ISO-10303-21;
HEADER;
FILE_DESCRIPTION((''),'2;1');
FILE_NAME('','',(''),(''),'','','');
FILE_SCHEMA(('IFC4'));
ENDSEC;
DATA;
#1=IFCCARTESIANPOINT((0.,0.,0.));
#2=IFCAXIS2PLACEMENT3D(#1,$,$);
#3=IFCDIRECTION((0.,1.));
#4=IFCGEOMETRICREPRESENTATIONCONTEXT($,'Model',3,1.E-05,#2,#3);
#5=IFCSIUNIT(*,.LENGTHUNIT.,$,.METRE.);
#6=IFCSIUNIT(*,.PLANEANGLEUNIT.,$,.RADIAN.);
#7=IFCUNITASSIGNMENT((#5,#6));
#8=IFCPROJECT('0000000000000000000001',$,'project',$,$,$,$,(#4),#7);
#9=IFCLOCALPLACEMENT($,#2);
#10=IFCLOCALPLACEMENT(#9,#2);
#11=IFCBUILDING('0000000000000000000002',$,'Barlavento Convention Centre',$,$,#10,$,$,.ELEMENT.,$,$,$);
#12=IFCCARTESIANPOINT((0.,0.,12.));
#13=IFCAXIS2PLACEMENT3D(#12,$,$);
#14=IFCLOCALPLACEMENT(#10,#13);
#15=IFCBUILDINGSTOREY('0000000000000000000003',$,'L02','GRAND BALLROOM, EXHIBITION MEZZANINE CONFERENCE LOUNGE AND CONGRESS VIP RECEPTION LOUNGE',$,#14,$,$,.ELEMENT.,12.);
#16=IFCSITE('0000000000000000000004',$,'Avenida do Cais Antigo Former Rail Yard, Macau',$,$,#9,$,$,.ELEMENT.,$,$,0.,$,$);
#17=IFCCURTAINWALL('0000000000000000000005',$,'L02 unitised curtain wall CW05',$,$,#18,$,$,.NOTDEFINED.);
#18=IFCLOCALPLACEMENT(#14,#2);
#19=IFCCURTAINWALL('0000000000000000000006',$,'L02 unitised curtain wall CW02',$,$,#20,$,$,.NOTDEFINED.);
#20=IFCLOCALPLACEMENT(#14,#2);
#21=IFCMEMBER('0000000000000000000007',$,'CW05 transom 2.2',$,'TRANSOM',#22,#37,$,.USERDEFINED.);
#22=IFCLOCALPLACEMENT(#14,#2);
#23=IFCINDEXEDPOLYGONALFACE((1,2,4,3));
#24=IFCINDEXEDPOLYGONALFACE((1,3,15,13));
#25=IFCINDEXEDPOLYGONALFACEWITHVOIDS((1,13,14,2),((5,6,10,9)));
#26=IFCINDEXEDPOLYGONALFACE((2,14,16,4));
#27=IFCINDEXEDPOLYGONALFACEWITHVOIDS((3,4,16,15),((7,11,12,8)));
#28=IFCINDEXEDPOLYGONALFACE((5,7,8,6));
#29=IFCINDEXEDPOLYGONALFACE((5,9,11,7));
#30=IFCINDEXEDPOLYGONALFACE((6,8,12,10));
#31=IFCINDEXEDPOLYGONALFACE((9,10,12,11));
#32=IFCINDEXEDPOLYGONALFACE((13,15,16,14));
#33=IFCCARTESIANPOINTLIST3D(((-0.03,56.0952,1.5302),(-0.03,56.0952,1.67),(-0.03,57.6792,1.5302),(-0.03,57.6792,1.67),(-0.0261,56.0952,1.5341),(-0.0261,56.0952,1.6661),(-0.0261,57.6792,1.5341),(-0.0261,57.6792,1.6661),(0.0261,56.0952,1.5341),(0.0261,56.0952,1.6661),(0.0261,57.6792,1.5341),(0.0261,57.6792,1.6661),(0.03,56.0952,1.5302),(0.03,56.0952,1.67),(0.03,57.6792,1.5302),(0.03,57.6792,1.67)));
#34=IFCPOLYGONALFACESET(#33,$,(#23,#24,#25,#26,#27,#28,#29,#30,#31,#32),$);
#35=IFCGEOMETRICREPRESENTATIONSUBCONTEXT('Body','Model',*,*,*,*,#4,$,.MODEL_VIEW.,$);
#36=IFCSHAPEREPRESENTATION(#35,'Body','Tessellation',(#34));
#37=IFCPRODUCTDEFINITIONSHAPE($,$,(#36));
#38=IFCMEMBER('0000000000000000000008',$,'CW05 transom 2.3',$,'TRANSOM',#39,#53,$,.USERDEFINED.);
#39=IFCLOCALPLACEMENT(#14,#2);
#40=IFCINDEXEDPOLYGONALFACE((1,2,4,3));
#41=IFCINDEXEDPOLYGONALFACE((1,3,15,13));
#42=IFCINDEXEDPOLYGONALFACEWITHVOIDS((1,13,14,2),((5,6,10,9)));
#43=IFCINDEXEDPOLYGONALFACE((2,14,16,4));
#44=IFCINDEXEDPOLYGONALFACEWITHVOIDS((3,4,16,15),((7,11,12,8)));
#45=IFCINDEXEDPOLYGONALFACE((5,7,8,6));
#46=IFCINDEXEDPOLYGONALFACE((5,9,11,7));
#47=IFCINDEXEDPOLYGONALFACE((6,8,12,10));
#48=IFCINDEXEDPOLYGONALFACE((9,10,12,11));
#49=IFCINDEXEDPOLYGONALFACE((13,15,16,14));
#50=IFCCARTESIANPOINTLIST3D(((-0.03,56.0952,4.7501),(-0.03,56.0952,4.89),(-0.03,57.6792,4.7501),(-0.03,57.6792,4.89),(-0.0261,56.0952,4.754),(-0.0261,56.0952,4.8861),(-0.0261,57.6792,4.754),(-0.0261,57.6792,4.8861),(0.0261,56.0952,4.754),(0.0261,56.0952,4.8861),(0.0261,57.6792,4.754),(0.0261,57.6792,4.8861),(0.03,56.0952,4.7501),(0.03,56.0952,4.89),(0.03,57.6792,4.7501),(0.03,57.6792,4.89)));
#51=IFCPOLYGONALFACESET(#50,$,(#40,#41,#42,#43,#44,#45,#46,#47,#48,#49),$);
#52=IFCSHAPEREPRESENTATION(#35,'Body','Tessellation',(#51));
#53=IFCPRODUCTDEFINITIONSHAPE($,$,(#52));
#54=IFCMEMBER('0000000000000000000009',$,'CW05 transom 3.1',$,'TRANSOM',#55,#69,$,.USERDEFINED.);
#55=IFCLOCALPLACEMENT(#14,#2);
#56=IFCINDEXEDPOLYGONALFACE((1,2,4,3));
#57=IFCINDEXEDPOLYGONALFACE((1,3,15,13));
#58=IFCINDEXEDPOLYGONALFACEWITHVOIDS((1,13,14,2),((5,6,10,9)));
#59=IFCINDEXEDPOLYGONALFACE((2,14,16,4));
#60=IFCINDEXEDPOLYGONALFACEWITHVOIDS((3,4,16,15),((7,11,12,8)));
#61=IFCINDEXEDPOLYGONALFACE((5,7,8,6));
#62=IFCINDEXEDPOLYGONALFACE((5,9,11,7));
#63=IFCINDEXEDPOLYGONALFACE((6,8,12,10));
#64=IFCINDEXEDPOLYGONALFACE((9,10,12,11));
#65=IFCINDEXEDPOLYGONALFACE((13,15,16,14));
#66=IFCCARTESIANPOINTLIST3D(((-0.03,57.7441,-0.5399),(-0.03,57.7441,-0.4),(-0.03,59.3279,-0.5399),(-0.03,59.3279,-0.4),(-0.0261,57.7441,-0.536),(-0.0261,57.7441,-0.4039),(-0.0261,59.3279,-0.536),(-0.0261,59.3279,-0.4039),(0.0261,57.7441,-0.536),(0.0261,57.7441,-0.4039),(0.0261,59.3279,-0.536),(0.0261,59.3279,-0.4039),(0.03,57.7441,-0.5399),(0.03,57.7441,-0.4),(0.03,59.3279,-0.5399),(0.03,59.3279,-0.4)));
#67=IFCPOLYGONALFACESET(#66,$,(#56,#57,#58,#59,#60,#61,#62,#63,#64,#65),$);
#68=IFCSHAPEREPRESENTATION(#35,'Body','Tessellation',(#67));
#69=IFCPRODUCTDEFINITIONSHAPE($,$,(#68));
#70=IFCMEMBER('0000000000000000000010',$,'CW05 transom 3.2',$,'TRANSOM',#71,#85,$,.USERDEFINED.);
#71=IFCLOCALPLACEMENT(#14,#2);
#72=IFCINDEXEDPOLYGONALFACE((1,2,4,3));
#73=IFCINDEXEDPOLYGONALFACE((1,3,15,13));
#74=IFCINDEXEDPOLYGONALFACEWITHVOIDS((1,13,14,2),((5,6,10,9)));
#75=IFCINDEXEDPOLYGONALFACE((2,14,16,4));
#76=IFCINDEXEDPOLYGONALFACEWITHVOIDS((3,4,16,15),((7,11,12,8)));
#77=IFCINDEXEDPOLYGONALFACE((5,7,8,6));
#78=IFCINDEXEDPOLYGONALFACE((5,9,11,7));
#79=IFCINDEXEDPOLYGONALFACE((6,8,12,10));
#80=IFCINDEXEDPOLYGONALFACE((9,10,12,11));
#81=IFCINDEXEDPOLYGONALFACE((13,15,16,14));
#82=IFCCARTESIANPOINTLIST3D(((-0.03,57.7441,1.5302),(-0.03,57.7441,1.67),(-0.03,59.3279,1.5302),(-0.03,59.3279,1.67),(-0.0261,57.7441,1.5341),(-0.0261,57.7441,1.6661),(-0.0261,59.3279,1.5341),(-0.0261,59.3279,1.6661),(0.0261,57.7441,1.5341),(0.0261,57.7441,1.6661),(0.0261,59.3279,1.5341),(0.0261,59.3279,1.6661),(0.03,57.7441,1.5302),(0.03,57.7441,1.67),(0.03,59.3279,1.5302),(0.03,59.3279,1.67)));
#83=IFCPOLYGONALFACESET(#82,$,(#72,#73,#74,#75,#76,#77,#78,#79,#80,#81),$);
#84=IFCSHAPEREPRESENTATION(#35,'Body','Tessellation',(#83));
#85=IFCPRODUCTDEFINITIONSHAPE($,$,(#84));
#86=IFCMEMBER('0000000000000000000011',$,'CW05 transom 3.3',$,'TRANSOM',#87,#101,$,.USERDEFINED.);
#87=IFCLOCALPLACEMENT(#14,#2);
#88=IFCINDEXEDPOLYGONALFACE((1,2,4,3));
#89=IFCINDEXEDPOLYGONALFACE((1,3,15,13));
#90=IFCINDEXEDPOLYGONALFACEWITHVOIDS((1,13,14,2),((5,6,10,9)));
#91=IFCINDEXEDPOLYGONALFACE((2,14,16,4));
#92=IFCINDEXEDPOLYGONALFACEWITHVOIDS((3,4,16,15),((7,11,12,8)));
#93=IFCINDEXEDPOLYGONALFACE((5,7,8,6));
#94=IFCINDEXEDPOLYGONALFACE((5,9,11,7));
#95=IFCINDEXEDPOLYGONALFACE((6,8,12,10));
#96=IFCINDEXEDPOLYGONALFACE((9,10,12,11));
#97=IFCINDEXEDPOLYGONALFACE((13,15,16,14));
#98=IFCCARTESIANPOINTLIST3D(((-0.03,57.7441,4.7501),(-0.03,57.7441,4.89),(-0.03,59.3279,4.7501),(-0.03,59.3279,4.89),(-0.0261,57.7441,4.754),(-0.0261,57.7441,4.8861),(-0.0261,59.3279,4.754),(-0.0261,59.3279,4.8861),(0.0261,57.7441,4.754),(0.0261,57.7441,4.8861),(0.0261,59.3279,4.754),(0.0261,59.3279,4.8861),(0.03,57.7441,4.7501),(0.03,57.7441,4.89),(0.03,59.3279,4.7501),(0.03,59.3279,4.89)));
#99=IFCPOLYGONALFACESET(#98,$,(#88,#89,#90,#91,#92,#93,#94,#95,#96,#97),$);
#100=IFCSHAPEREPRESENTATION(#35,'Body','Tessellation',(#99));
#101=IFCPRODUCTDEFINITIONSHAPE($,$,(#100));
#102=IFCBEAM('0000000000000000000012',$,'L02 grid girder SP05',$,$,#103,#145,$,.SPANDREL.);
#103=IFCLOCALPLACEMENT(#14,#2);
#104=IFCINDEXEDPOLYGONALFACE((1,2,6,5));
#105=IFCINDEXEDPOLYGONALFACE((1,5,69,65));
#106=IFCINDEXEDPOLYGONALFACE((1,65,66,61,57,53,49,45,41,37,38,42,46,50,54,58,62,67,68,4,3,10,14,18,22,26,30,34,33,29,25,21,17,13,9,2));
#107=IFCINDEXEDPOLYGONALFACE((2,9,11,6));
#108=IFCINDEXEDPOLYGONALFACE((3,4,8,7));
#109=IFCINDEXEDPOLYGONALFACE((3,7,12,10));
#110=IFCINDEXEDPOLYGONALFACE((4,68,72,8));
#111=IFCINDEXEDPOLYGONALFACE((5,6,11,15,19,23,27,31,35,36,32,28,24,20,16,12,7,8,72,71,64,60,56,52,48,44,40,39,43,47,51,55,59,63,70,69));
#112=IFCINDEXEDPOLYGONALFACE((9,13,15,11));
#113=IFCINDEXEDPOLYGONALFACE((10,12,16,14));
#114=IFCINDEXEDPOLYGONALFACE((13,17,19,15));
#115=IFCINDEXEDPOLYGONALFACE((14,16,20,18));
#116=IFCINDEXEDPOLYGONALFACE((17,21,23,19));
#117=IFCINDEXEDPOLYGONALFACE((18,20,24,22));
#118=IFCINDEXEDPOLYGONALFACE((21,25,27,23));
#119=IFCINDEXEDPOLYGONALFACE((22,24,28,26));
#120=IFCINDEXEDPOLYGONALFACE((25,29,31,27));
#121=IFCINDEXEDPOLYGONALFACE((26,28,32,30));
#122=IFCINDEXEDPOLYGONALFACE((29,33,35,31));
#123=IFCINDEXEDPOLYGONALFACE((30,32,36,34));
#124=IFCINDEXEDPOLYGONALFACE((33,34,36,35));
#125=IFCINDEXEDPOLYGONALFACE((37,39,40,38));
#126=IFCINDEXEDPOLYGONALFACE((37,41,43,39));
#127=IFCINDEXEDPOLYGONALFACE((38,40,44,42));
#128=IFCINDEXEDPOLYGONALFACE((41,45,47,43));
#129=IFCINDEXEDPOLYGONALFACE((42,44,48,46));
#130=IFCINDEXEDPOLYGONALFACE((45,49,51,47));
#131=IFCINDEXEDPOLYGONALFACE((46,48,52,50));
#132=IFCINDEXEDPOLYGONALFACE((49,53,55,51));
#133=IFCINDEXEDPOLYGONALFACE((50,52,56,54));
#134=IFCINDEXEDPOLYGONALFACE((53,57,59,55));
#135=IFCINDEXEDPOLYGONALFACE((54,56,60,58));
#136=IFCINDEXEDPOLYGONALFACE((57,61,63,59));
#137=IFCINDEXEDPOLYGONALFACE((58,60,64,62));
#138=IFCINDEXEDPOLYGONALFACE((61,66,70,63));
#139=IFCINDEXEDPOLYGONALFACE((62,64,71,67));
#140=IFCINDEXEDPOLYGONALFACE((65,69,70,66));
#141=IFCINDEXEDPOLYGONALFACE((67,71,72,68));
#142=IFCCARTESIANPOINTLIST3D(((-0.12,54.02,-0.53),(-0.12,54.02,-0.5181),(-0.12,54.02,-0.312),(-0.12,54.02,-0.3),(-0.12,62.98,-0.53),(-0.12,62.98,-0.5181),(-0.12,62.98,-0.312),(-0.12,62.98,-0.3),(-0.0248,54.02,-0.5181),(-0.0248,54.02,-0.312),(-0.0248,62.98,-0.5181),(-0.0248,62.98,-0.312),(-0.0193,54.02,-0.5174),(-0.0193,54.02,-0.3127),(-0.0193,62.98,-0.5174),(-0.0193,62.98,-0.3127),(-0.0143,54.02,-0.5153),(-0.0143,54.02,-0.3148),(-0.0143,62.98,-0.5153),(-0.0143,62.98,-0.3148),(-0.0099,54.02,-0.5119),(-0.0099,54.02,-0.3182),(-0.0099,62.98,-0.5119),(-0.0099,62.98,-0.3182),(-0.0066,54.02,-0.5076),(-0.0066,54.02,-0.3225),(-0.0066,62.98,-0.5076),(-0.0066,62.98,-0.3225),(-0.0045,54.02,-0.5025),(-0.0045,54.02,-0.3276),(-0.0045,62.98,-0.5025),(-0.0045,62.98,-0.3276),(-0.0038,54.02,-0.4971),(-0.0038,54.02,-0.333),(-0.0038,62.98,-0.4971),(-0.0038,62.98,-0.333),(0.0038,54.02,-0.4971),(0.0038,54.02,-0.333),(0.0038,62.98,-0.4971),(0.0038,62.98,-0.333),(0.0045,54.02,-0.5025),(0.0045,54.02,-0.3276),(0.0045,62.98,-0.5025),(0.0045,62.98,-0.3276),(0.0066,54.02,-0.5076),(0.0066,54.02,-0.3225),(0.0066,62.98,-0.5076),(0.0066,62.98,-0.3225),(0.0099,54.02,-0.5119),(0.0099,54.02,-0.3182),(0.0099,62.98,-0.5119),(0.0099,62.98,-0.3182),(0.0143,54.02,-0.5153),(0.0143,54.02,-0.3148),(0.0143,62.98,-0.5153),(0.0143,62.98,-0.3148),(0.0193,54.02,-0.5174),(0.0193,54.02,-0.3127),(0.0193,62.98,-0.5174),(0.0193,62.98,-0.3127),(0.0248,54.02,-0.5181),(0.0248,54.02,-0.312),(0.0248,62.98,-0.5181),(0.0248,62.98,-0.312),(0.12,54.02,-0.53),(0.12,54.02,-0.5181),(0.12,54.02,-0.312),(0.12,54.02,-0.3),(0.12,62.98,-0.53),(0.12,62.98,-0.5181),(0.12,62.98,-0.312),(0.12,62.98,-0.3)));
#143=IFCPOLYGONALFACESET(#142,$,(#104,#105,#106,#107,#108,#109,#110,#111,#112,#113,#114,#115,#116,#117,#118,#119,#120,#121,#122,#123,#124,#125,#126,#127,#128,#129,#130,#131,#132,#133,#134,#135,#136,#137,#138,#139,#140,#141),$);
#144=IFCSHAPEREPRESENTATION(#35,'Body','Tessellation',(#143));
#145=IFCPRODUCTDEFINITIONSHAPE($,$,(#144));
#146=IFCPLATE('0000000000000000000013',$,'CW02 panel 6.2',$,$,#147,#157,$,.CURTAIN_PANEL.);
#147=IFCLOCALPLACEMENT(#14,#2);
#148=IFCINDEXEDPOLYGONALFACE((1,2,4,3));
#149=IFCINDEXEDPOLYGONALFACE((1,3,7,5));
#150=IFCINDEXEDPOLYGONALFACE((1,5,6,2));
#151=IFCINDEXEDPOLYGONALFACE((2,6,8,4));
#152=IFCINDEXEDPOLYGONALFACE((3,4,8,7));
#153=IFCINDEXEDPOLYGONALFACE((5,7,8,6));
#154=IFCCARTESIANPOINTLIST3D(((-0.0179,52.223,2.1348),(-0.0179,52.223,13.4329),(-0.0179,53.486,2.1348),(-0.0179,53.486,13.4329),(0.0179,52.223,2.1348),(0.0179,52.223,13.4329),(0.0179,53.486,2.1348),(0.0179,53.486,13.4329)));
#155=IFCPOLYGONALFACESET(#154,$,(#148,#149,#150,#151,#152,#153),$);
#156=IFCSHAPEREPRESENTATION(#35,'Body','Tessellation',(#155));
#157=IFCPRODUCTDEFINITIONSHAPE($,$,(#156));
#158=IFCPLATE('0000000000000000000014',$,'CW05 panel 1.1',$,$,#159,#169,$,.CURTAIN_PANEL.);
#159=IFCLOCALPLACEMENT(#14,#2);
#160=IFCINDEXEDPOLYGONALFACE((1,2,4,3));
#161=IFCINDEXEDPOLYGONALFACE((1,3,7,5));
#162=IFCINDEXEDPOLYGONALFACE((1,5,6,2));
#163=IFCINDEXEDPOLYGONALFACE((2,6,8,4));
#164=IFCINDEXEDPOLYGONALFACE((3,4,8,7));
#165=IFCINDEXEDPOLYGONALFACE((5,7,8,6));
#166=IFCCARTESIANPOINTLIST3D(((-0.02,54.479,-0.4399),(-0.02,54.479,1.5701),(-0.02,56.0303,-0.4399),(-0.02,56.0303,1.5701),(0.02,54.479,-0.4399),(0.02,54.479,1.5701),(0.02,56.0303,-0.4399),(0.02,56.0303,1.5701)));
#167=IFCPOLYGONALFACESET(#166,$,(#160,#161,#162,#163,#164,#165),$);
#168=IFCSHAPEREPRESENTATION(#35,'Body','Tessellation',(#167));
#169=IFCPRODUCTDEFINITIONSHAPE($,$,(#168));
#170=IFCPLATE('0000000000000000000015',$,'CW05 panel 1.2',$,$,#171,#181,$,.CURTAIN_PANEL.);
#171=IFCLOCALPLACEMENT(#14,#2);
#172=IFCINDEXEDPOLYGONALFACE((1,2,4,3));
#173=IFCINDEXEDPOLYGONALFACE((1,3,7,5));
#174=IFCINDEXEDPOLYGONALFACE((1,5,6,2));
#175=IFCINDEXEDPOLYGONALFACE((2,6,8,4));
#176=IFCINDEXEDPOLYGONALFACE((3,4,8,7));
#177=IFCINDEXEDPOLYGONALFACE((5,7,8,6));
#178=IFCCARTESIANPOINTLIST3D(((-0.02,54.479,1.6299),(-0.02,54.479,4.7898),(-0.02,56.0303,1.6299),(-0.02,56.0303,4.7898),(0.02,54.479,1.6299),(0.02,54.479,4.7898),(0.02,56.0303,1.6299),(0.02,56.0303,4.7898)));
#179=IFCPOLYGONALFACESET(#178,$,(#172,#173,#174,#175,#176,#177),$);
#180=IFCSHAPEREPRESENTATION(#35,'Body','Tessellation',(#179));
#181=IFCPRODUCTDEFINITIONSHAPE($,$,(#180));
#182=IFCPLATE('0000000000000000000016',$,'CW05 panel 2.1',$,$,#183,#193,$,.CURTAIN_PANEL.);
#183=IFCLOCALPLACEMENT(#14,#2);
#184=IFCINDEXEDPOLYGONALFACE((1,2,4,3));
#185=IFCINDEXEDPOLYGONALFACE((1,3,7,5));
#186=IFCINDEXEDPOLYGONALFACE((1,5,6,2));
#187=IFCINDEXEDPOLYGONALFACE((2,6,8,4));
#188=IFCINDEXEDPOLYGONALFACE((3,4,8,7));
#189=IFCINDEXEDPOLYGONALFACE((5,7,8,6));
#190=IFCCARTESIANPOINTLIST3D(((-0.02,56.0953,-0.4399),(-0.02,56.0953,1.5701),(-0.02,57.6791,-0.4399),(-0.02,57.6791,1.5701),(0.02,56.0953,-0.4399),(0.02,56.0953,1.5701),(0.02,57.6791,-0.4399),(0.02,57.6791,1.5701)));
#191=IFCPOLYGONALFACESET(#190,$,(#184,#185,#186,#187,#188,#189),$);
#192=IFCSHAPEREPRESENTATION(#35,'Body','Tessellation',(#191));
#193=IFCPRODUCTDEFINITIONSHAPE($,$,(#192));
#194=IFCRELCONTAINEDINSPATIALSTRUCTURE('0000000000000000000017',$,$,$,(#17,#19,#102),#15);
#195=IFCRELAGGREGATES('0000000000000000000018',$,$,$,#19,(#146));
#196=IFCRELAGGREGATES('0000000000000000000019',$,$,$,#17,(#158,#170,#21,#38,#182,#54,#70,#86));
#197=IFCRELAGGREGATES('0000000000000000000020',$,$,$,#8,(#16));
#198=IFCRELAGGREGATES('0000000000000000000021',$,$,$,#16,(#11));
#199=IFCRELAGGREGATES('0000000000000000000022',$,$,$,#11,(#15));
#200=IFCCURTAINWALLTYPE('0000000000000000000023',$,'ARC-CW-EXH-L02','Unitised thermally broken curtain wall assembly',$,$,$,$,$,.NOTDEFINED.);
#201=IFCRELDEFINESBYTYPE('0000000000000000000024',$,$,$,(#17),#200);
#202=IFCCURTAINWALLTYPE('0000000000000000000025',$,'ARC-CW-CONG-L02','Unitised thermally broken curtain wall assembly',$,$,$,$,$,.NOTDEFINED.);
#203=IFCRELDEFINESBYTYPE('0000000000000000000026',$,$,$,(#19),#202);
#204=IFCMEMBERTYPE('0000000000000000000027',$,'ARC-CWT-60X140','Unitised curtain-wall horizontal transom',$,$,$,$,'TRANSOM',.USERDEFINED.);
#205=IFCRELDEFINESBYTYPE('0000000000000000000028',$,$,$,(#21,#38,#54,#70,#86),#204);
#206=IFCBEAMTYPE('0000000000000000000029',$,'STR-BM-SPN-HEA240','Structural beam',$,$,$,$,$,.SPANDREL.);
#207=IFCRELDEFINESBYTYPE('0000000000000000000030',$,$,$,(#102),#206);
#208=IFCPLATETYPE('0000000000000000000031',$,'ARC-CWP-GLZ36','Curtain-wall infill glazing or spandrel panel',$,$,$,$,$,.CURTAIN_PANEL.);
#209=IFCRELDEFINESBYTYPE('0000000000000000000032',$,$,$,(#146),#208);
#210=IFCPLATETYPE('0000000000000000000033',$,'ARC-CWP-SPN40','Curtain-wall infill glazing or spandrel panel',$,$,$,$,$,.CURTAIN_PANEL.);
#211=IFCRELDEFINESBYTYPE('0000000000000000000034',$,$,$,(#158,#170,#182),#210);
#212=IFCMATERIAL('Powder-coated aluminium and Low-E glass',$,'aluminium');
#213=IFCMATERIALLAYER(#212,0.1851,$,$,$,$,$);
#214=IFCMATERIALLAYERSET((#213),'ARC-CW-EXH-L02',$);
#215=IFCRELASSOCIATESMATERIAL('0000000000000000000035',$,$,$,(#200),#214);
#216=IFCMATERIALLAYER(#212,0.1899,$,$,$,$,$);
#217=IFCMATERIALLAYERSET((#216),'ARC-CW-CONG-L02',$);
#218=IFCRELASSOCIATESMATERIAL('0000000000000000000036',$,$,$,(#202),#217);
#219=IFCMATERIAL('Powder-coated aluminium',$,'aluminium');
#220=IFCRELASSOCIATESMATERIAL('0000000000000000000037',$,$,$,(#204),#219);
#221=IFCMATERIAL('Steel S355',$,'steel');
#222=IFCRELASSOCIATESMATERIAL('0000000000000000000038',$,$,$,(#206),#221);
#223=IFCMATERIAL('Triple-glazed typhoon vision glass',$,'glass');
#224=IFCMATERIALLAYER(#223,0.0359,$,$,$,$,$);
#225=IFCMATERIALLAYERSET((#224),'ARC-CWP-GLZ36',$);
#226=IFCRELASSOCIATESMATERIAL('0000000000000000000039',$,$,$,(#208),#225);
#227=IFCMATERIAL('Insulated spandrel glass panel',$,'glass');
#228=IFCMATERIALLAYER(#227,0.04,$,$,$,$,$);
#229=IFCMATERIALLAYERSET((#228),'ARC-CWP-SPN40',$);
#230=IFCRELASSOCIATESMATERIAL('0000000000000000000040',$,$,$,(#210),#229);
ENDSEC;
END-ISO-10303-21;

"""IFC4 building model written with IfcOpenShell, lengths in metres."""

from ifc_helpers import new_model, si_unit, direction, frame, origin, origin_2d, place, context, subcontext, project, spatial, rectangle, hollow_rectangle, i_section, extrude, material, layer, layer_set, material_profile, profile_set, type_object, element, aggregate, save


model = new_model("IFC4")

# Units and contexts
model_context = context("Model", 3, precision=1e-05, world=origin(), true_north=direction((0.0, 1.0)))
body_context = subcontext(model_context, "Body", "Model", "MODEL_VIEW")
ifc_project = project(units=[si_unit("LENGTHUNIT", "METRE"), si_unit("PLANEANGLEUNIT", "RADIAN")], contexts=[model_context])

# Site, building, storey
site_placement = place(None, origin())
site = spatial("IfcSite", under=ifc_project, at=site_placement, Name="Avenida do Cais Antigo Former Rail Yard, Macau", CompositionType="ELEMENT", RefElevation=0.0)
building_placement = place(site_placement, origin())
building = spatial("IfcBuilding", under=site, at=building_placement, Name="Barlavento Convention Centre", CompositionType="ELEMENT")
storey_placement = place(building_placement, frame((0.0, 0.0, 12.0)))
storey = spatial("IfcBuildingStorey", under=building, at=storey_placement, Name="L02", Description="GRAND BALLROOM, EXHIBITION MEZZANINE CONFERENCE LOUNGE AND CONGRESS VIP RECEPTION LOUNGE", CompositionType="ELEMENT", Elevation=12.0)

# Curtain wall
ifc_material_1 = material(Name="Powder-coated aluminium and Low-E glass", Category="aluminium")
ifc_layer_1 = layer(ifc_material_1, 0.1851)
ifc_layer_set_1 = layer_set([ifc_layer_1], Name="ARC-CW-EXH-L02")
curtain_wall_type_1 = type_object("IfcCurtainWallType", Name="ARC-CW-EXH-L02", Description="Unitised thermally broken curtain wall assembly", PredefinedType="NOTDEFINED", material=ifc_layer_set_1)
curtain_wall_1_placement = place(storey_placement, origin())
curtain_wall_1 = element("IfcCurtainWall", 1, at=curtain_wall_1_placement, inside=storey, type_object=curtain_wall_type_1, Name="L02 unitised curtain wall CW05", PredefinedType="NOTDEFINED")
ifc_material_2 = material(Name="Powder-coated aluminium", Category="aluminium")

# Curtain wall
ifc_layer_2 = layer(ifc_material_1, 0.1899)
ifc_layer_set_2 = layer_set([ifc_layer_2], Name="ARC-CW-CONG-L02")
curtain_wall_type_2 = type_object("IfcCurtainWallType", Name="ARC-CW-CONG-L02", Description="Unitised thermally broken curtain wall assembly", PredefinedType="NOTDEFINED", material=ifc_layer_set_2)
curtain_wall_2_placement = place(storey_placement, origin())
curtain_wall_2 = element("IfcCurtainWall", 2, at=curtain_wall_2_placement, inside=storey, type_object=curtain_wall_type_2, Name="L02 unitised curtain wall CW02", PredefinedType="NOTDEFINED")

# Members
ifc_material_profile_1 = material_profile(ifc_material_2, hollow_rectangle(XDim=0.0601, YDim=0.1399, WallThickness=0.0039, at=origin_2d()), Name="AL-TRAN 60x140x4")
ifc_profile_set_1 = profile_set([ifc_material_profile_1], Name="Powder-coated aluminium")
member_type_1 = type_object("IfcMemberType", Name="ARC-CWT-60X140", Description="Unitised curtain-wall horizontal transom", ElementType="TRANSOM", PredefinedType="USERDEFINED", material=ifc_profile_set_1)
member_1_placement = place(storey_placement, frame((0.0, 56.0952, 1.6001), z_axis=(0.0, 1.0, 0.0), x_axis=(-1.0, 0.0, 0.0)))
member_1 = element("IfcMember", 3, at=member_1_placement, type_object=member_type_1, Name="CW05 transom 2.2", ObjectType="TRANSOM", PredefinedType="USERDEFINED", context=body_context, shape_type="SweptSolid", body=[
    extrude(hollow_rectangle(XDim=0.0601, YDim=0.1399, WallThickness=0.0039, at=origin_2d()), origin(), (0.0, 0.0, 1.0), 1.584),
])
member_2_placement = place(storey_placement, frame((0.0, 56.0952, 4.8201), z_axis=(0.0, 1.0, 0.0), x_axis=(-1.0, 0.0, 0.0)))
member_2 = element("IfcMember", 4, at=member_2_placement, type_object=member_type_1, Name="CW05 transom 2.3", ObjectType="TRANSOM", PredefinedType="USERDEFINED", context=body_context, shape_type="SweptSolid", body=[
    extrude(hollow_rectangle(XDim=0.0601, YDim=0.1399, WallThickness=0.0039, at=origin_2d()), origin(), (0.0, 0.0, 1.0), 1.584),
])
member_3_placement = place(storey_placement, frame((0.0, 57.7441, -0.47), z_axis=(0.0, 1.0, 0.0), x_axis=(-1.0, 0.0, 0.0)))
member_3 = element("IfcMember", 5, at=member_3_placement, type_object=member_type_1, Name="CW05 transom 3.1", ObjectType="TRANSOM", PredefinedType="USERDEFINED", context=body_context, shape_type="SweptSolid", body=[
    extrude(hollow_rectangle(XDim=0.0601, YDim=0.1399, WallThickness=0.0039, at=origin_2d()), origin(), (0.0, 0.0, 1.0), 1.5837),
])
member_4_placement = place(storey_placement, frame((0.0, 57.7441, 1.6001), z_axis=(0.0, 1.0, 0.0), x_axis=(-1.0, 0.0, 0.0)))
member_4 = element("IfcMember", 6, at=member_4_placement, type_object=member_type_1, Name="CW05 transom 3.2", ObjectType="TRANSOM", PredefinedType="USERDEFINED", context=body_context, shape_type="SweptSolid", body=[
    extrude(hollow_rectangle(XDim=0.0601, YDim=0.1399, WallThickness=0.0039, at=origin_2d()), origin(), (0.0, 0.0, 1.0), 1.5837),
])
member_5_placement = place(storey_placement, frame((0.0, 57.7441, 4.8201), z_axis=(0.0, 1.0, 0.0), x_axis=(-1.0, 0.0, 0.0)))
member_5 = element("IfcMember", 7, at=member_5_placement, type_object=member_type_1, Name="CW05 transom 3.3", ObjectType="TRANSOM", PredefinedType="USERDEFINED", context=body_context, shape_type="SweptSolid", body=[
    extrude(hollow_rectangle(XDim=0.0601, YDim=0.1399, WallThickness=0.0039, at=origin_2d()), origin(), (0.0, 0.0, 1.0), 1.5837),
])

# Beam
ifc_material_3 = material(Name="Steel S355", Category="steel")
ifc_material_profile_2 = material_profile(ifc_material_3, i_section(OverallWidth=0.24, OverallDepth=0.23, WebThickness=0.0076, FlangeThickness=0.012, FilletRadius=0.021, at=origin_2d()), Name="HEA 240")
ifc_profile_set_2 = profile_set([ifc_material_profile_2], Name="Steel S355")
beam_type = type_object("IfcBeamType", Name="STR-BM-SPN-HEA240", Description="Structural beam", PredefinedType="SPANDREL", material=ifc_profile_set_2)
beam_placement = place(storey_placement, frame((0.0, 54.02, -0.415), z_axis=(0.0, 1.0, 0.0), x_axis=(-1.0, 0.0, 0.0)))
element("IfcBeam", 8, at=beam_placement, inside=storey, type_object=beam_type, Name="L02 grid girder SP05", PredefinedType="SPANDREL", context=body_context, shape_type="SweptSolid", body=[
    extrude(i_section(OverallWidth=0.24, OverallDepth=0.23, WebThickness=0.0076, FlangeThickness=0.012, FilletRadius=0.021, at=origin_2d()), origin(), (0.0, 0.0, 1.0), 8.96),
])

# Plates
ifc_material_4 = material(Name="Triple-glazed typhoon vision glass", Category="glass")
ifc_layer_3 = layer(ifc_material_4, 0.0359)
ifc_layer_set_3 = layer_set([ifc_layer_3], Name="ARC-CWP-GLZ36")
plate_type_1 = type_object("IfcPlateType", Name="ARC-CWP-GLZ36", Description="Curtain-wall infill glazing or spandrel panel", PredefinedType="CURTAIN_PANEL", material=ifc_layer_set_3)
plate_1_placement = place(storey_placement, frame((0.0, 52.8545, 2.1348), z_axis=(0.0, 0.0, 1.0), x_axis=(0.0, 1.0, 0.0)))
plate_1 = element("IfcPlate", 9, at=plate_1_placement, type_object=plate_type_1, Name="CW02 panel 6.2", PredefinedType="CURTAIN_PANEL", context=body_context, shape_type="SweptSolid", body=[
    extrude(rectangle(XDim=1.2629, YDim=0.0359, at=origin_2d()), origin(), (0.0, 0.0, 1.0), 11.2981),
])
aggregate(curtain_wall_2, [plate_1])
ifc_material_5 = material(Name="Insulated spandrel glass panel", Category="glass")
ifc_layer_4 = layer(ifc_material_5, 0.04)
ifc_layer_set_4 = layer_set([ifc_layer_4], Name="ARC-CWP-SPN40")
plate_type_2 = type_object("IfcPlateType", Name="ARC-CWP-SPN40", Description="Curtain-wall infill glazing or spandrel panel", PredefinedType="CURTAIN_PANEL", material=ifc_layer_set_4)
plate_2_placement = place(storey_placement, frame((0.0, 55.2546, -0.4399), z_axis=(0.0, 0.0, 1.0), x_axis=(0.0, 1.0, 0.0)))
plate_2 = element("IfcPlate", 10, at=plate_2_placement, type_object=plate_type_2, Name="CW05 panel 1.1", PredefinedType="CURTAIN_PANEL", context=body_context, shape_type="SweptSolid", body=[
    extrude(rectangle(XDim=1.5513, YDim=0.04, at=origin_2d()), origin(), (0.0, 0.0, 1.0), 2.01),
])
plate_3_placement = place(storey_placement, frame((0.0, 55.2546, 1.6299), z_axis=(0.0, 0.0, 1.0), x_axis=(0.0, 1.0, 0.0)))
plate_3 = element("IfcPlate", 11, at=plate_3_placement, type_object=plate_type_2, Name="CW05 panel 1.2", PredefinedType="CURTAIN_PANEL", context=body_context, shape_type="SweptSolid", body=[
    extrude(rectangle(XDim=1.5513, YDim=0.04, at=origin_2d()), origin(), (0.0, 0.0, 1.0), 3.1599),
])
plate_4_placement = place(storey_placement, frame((0.0, 56.8872, -0.4399), z_axis=(0.0, 0.0, 1.0), x_axis=(0.0, 1.0, 0.0)))
plate_4 = element("IfcPlate", 12, at=plate_4_placement, type_object=plate_type_2, Name="CW05 panel 2.1", PredefinedType="CURTAIN_PANEL", context=body_context, shape_type="SweptSolid", body=[
    extrude(rectangle(XDim=1.5837, YDim=0.04, at=origin_2d()), origin(), (0.0, 0.0, 1.0), 2.01),
])
aggregate(curtain_wall_1, [plate_2, plate_3, member_1, member_2, plate_4, member_3, member_4, member_5])

save(model, "model.ifc")
